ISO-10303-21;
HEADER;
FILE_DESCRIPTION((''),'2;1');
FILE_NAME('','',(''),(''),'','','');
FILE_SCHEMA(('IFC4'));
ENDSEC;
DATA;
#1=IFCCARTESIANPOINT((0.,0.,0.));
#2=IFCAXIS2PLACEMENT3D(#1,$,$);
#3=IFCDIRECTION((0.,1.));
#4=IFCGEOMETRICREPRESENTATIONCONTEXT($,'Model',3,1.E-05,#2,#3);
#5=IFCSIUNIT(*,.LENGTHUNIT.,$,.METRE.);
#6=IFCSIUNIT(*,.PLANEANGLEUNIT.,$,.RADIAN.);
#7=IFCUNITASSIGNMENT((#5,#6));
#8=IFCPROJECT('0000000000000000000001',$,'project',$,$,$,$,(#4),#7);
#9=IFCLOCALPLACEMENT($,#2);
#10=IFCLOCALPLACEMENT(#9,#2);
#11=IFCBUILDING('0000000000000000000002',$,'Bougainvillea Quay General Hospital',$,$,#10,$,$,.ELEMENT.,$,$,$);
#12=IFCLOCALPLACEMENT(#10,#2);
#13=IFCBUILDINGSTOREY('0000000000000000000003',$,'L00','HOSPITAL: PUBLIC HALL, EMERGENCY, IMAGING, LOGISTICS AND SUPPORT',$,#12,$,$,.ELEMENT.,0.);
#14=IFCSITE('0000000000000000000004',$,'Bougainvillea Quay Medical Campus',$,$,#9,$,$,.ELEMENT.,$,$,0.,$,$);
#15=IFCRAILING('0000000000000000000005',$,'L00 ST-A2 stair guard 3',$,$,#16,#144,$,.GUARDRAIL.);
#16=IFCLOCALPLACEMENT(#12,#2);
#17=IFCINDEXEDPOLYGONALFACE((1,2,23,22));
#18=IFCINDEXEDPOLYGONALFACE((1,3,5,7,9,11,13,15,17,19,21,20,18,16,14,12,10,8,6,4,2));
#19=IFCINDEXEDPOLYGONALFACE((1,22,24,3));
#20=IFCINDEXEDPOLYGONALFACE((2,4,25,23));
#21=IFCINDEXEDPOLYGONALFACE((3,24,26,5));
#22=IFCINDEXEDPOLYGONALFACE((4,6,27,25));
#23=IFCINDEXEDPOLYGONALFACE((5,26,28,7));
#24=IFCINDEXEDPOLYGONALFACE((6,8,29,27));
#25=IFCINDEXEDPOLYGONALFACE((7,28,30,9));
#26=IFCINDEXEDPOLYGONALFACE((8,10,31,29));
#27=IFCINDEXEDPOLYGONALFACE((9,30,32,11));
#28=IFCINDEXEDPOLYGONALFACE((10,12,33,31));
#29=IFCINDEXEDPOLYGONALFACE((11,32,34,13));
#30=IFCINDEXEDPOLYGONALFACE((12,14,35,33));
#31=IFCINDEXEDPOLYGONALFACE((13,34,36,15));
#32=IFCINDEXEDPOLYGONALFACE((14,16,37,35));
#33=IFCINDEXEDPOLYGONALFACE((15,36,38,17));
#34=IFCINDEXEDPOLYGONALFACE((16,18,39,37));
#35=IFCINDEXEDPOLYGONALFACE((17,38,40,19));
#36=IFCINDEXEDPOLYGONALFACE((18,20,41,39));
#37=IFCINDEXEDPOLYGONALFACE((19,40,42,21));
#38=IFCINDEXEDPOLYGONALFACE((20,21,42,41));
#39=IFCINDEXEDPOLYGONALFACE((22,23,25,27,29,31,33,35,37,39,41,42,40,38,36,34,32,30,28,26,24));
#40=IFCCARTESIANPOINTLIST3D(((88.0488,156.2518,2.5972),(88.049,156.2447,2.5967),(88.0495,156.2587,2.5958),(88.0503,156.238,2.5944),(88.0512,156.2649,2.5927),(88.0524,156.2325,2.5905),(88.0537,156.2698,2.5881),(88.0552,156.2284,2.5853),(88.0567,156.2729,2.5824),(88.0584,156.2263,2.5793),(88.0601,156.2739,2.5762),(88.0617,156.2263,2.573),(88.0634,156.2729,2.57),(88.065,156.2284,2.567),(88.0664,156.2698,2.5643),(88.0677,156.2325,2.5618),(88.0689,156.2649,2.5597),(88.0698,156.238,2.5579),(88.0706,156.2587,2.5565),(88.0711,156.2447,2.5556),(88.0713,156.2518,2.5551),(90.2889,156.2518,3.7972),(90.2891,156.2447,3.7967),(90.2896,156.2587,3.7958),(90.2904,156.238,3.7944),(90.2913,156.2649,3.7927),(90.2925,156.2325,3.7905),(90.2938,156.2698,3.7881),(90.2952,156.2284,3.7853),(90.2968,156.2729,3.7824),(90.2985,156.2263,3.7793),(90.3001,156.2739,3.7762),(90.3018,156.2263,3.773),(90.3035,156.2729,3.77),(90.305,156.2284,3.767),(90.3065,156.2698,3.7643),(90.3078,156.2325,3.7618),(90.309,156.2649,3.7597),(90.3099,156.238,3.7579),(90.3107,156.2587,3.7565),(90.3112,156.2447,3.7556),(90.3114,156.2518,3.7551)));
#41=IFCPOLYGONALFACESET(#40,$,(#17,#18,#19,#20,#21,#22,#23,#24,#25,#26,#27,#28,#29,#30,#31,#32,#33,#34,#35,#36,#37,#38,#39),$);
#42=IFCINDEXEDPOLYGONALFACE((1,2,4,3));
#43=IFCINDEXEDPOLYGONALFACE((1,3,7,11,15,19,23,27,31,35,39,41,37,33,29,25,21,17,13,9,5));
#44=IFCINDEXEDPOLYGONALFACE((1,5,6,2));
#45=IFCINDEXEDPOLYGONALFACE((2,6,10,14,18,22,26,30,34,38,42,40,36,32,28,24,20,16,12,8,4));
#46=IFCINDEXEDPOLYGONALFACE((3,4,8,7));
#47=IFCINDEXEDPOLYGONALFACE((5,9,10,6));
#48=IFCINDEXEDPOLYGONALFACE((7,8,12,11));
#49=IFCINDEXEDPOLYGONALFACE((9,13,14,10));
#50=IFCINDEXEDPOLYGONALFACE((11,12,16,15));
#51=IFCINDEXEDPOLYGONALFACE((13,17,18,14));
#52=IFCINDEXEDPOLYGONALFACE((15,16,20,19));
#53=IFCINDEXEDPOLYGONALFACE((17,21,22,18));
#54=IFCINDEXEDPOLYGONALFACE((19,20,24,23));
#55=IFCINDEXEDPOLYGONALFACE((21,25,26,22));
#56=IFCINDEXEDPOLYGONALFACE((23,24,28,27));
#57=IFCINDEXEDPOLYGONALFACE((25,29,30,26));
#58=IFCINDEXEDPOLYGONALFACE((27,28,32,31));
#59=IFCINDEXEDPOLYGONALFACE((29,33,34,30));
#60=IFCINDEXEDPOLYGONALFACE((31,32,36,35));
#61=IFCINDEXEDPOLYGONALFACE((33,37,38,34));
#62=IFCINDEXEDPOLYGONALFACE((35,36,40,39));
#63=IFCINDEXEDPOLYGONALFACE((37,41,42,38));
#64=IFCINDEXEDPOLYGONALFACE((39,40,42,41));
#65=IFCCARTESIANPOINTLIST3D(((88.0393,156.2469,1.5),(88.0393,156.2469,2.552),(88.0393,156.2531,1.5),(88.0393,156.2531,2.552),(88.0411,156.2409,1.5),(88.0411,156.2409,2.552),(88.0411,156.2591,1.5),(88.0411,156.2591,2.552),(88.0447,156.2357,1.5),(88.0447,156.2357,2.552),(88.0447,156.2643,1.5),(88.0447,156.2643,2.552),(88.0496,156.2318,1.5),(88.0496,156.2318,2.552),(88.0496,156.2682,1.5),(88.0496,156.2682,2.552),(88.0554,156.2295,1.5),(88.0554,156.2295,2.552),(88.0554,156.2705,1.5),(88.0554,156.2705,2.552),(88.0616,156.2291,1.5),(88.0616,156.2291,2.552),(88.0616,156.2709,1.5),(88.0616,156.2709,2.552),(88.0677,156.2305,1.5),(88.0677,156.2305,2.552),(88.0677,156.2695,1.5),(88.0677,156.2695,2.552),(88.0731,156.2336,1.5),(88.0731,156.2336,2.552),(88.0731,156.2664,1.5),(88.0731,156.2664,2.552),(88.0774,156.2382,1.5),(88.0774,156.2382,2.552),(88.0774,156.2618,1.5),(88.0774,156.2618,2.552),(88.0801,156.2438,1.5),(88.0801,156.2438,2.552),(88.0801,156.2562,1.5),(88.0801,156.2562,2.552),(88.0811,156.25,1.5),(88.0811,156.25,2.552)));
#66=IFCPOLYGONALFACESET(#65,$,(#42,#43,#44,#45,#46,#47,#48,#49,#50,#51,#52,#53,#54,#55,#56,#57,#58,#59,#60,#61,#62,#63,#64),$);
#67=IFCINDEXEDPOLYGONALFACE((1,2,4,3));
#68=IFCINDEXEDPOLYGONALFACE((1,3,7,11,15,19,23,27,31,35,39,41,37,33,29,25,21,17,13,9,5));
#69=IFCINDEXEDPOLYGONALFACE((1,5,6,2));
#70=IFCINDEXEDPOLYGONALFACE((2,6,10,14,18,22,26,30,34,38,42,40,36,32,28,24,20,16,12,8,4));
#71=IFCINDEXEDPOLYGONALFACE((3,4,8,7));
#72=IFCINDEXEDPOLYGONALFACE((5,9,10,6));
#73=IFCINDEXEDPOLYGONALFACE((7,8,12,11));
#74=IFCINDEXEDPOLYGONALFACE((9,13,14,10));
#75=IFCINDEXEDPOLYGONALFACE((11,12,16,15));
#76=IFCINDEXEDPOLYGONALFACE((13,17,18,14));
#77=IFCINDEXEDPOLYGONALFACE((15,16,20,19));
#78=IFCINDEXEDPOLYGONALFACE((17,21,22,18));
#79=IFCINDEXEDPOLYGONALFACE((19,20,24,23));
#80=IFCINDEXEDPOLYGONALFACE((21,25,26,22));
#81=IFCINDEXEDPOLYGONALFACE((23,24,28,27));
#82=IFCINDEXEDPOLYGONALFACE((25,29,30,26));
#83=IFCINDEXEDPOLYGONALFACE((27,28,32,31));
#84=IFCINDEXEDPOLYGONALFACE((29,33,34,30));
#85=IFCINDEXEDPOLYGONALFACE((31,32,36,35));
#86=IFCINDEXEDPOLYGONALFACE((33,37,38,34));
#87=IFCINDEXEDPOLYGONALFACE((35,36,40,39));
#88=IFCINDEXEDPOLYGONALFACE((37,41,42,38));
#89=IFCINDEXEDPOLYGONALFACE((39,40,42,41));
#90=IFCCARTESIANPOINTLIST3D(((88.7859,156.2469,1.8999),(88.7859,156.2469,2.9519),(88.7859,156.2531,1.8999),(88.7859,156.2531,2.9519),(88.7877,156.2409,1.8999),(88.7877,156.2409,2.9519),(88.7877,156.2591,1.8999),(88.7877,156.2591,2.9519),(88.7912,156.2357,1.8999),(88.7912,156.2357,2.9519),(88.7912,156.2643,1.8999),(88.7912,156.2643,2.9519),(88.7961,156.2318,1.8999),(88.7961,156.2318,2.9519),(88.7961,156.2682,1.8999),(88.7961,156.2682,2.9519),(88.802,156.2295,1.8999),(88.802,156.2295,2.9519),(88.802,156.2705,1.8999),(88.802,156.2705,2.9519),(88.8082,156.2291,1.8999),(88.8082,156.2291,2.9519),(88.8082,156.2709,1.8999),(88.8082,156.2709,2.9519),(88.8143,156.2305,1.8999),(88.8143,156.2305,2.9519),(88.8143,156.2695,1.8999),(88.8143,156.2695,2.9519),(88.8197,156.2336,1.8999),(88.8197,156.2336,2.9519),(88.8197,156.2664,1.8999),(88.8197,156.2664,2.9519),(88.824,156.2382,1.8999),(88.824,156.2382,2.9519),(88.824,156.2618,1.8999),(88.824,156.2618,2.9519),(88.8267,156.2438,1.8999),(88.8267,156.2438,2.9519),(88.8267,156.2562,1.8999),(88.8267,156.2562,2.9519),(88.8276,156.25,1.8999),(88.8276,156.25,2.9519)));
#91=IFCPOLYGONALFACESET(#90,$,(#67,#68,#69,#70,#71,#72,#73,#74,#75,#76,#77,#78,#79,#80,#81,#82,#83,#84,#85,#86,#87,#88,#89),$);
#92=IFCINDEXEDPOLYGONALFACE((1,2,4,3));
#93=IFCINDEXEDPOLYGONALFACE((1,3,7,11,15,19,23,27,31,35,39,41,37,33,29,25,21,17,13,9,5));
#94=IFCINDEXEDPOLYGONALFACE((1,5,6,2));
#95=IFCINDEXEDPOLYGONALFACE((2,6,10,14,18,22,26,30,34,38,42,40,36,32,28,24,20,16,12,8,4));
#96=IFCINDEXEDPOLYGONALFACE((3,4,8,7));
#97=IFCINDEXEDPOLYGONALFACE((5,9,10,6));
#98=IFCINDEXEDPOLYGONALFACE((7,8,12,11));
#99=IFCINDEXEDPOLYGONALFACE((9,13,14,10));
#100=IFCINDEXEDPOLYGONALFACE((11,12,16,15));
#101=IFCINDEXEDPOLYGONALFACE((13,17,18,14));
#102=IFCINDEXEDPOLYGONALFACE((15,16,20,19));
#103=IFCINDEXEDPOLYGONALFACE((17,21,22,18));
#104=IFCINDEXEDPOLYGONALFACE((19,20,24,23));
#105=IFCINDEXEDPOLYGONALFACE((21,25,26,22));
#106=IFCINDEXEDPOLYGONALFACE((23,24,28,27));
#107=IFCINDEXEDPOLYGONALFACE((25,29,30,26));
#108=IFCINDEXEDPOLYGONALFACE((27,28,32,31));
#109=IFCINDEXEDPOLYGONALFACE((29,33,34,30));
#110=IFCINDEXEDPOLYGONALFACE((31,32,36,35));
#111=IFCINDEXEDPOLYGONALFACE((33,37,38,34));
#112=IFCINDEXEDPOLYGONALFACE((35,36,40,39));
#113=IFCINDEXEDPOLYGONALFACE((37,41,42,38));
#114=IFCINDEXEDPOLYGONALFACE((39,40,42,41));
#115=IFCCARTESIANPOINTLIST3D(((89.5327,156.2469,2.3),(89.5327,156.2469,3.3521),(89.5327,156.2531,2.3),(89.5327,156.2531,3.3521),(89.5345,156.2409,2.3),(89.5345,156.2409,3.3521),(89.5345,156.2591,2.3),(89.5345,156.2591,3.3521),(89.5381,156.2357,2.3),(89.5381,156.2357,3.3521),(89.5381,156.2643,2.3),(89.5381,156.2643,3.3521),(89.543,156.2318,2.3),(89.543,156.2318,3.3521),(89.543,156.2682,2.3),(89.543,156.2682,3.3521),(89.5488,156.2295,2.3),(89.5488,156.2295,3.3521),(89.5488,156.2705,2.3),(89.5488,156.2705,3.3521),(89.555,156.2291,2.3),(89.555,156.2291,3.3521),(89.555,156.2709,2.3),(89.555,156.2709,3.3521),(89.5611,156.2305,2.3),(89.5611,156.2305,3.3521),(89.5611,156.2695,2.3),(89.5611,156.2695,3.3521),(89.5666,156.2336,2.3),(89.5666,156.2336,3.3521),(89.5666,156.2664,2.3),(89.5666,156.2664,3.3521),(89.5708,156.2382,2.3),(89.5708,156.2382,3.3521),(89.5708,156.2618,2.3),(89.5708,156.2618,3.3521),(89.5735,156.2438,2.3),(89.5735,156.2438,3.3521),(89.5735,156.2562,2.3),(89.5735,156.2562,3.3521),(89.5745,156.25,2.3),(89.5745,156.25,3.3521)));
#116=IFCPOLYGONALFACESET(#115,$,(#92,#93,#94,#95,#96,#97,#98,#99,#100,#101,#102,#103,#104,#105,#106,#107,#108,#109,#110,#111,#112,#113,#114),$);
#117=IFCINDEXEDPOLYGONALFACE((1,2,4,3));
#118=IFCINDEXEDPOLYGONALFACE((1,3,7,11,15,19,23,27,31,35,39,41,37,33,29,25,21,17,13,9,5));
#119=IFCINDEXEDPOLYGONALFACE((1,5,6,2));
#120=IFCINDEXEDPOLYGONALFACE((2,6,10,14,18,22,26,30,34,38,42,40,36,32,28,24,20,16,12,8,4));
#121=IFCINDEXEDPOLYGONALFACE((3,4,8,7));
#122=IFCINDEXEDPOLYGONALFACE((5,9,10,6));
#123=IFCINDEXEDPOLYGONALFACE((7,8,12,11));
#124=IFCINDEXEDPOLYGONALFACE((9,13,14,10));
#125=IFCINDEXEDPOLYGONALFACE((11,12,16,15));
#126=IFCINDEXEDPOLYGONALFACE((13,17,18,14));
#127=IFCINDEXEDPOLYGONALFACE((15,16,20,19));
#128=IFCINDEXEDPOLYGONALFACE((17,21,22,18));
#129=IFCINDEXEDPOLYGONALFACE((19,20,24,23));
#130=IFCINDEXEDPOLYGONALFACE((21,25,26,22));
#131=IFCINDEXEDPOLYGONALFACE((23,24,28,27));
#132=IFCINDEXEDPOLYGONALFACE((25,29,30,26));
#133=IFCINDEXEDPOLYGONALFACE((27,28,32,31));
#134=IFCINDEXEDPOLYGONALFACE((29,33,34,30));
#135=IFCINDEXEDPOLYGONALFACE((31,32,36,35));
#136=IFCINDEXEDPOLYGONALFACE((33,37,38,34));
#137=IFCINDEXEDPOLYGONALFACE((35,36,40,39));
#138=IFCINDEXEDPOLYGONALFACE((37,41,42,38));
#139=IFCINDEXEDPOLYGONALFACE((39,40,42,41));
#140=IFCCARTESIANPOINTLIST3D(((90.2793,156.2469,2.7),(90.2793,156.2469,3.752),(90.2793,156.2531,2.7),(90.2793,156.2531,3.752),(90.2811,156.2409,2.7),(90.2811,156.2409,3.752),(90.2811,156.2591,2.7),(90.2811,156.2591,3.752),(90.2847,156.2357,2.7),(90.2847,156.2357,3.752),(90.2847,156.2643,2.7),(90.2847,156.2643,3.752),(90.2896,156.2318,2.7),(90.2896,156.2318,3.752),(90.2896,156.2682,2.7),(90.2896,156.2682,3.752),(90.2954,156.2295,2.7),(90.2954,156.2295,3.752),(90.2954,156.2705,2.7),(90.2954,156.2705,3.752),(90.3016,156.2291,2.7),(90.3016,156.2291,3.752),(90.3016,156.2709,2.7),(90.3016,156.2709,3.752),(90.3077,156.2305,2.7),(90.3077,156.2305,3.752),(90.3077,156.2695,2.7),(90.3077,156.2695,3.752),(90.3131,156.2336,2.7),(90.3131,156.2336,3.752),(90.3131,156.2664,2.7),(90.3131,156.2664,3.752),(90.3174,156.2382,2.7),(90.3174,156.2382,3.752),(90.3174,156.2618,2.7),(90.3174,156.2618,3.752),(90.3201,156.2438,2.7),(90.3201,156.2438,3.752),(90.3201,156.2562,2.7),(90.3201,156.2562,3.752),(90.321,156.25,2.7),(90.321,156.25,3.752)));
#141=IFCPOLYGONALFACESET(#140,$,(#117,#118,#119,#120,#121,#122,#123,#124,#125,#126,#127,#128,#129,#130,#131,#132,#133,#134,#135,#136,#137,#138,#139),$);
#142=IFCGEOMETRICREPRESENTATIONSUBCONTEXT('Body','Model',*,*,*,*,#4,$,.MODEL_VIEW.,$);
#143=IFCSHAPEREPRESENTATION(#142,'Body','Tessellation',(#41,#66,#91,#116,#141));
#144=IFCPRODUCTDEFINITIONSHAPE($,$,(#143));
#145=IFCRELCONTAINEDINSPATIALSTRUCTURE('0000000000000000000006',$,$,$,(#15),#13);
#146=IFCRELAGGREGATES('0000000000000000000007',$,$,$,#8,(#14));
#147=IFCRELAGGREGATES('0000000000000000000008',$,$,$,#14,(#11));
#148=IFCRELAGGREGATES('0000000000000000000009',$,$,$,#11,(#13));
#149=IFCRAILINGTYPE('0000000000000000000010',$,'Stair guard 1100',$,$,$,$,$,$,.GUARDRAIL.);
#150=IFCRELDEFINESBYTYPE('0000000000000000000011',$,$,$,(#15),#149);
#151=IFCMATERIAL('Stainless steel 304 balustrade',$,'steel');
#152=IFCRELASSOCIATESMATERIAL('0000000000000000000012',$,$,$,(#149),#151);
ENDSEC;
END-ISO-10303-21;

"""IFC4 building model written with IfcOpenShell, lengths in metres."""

from ifc_helpers import new_model, si_unit, direction, frame, origin, origin_2d, place, context, subcontext, project, spatial, circle, extrude, material, type_object, element, save


model = new_model("IFC4")

# Units and contexts
model_context = context("Model", 3, precision=1e-05, world=origin(), true_north=direction((0.0, 1.0)))
body_context = subcontext(model_context, "Body", "Model", "MODEL_VIEW")
ifc_project = project(units=[si_unit("LENGTHUNIT", "METRE"), si_unit("PLANEANGLEUNIT", "RADIAN")], contexts=[model_context])

# Site, building, storey
site_placement = place(None, origin())
site = spatial("IfcSite", under=ifc_project, at=site_placement, Name="Bougainvillea Quay Medical Campus", CompositionType="ELEMENT", RefElevation=0.0)
building_placement = place(site_placement, origin())
building = spatial("IfcBuilding", under=site, at=building_placement, Name="Bougainvillea Quay General Hospital", CompositionType="ELEMENT")
storey_placement = place(building_placement, origin())
storey = spatial("IfcBuildingStorey", under=building, at=storey_placement, Name="L00", Description="HOSPITAL: PUBLIC HALL, EMERGENCY, IMAGING, LOGISTICS AND SUPPORT", CompositionType="ELEMENT", Elevation=0.0)

# Railing
ifc_material_1 = material(Name="Stainless steel 304 balustrade", Category="steel")
railing_type_1 = type_object("IfcRailingType", Name="Stair guard 1100", PredefinedType="GUARDRAIL", material=ifc_material_1)
railing_1_placement = place(storey_placement, frame((88.0601, 156.25, 1.5)))
element("IfcRailing", 1, at=railing_1_placement, inside=storey, type_object=railing_type_1, Name="L00 ST-A2 stair guard 3", PredefinedType="GUARDRAIL", context=body_context, shape_type="SweptSolid", body=[
    extrude(circle(Radius=0.0239, at=origin_2d()), frame((0.0, 0.0, 1.0762), z_axis=(0.881487, 0.0, 0.472208), x_axis=(0.0, 1.0, 0.0)), (0.0, 0.0, 1.0), 2.5413),
    extrude(circle(Radius=0.021, at=origin_2d()), origin(), (0.0, 0.0, 1.0), 1.052),
    extrude(circle(Radius=0.021, at=origin_2d()), frame((0.7466, 0.0, 0.3999)), (0.0, 0.0, 1.0), 1.052),
    extrude(circle(Radius=0.021, at=origin_2d()), frame((1.4934, 0.0, 0.8)), (0.0, 0.0, 1.0), 1.052),
    extrude(circle(Radius=0.021, at=origin_2d()), frame((2.24, 0.0, 1.2)), (0.0, 0.0, 1.0), 1.052),
])

save(model, "model.ifc")
